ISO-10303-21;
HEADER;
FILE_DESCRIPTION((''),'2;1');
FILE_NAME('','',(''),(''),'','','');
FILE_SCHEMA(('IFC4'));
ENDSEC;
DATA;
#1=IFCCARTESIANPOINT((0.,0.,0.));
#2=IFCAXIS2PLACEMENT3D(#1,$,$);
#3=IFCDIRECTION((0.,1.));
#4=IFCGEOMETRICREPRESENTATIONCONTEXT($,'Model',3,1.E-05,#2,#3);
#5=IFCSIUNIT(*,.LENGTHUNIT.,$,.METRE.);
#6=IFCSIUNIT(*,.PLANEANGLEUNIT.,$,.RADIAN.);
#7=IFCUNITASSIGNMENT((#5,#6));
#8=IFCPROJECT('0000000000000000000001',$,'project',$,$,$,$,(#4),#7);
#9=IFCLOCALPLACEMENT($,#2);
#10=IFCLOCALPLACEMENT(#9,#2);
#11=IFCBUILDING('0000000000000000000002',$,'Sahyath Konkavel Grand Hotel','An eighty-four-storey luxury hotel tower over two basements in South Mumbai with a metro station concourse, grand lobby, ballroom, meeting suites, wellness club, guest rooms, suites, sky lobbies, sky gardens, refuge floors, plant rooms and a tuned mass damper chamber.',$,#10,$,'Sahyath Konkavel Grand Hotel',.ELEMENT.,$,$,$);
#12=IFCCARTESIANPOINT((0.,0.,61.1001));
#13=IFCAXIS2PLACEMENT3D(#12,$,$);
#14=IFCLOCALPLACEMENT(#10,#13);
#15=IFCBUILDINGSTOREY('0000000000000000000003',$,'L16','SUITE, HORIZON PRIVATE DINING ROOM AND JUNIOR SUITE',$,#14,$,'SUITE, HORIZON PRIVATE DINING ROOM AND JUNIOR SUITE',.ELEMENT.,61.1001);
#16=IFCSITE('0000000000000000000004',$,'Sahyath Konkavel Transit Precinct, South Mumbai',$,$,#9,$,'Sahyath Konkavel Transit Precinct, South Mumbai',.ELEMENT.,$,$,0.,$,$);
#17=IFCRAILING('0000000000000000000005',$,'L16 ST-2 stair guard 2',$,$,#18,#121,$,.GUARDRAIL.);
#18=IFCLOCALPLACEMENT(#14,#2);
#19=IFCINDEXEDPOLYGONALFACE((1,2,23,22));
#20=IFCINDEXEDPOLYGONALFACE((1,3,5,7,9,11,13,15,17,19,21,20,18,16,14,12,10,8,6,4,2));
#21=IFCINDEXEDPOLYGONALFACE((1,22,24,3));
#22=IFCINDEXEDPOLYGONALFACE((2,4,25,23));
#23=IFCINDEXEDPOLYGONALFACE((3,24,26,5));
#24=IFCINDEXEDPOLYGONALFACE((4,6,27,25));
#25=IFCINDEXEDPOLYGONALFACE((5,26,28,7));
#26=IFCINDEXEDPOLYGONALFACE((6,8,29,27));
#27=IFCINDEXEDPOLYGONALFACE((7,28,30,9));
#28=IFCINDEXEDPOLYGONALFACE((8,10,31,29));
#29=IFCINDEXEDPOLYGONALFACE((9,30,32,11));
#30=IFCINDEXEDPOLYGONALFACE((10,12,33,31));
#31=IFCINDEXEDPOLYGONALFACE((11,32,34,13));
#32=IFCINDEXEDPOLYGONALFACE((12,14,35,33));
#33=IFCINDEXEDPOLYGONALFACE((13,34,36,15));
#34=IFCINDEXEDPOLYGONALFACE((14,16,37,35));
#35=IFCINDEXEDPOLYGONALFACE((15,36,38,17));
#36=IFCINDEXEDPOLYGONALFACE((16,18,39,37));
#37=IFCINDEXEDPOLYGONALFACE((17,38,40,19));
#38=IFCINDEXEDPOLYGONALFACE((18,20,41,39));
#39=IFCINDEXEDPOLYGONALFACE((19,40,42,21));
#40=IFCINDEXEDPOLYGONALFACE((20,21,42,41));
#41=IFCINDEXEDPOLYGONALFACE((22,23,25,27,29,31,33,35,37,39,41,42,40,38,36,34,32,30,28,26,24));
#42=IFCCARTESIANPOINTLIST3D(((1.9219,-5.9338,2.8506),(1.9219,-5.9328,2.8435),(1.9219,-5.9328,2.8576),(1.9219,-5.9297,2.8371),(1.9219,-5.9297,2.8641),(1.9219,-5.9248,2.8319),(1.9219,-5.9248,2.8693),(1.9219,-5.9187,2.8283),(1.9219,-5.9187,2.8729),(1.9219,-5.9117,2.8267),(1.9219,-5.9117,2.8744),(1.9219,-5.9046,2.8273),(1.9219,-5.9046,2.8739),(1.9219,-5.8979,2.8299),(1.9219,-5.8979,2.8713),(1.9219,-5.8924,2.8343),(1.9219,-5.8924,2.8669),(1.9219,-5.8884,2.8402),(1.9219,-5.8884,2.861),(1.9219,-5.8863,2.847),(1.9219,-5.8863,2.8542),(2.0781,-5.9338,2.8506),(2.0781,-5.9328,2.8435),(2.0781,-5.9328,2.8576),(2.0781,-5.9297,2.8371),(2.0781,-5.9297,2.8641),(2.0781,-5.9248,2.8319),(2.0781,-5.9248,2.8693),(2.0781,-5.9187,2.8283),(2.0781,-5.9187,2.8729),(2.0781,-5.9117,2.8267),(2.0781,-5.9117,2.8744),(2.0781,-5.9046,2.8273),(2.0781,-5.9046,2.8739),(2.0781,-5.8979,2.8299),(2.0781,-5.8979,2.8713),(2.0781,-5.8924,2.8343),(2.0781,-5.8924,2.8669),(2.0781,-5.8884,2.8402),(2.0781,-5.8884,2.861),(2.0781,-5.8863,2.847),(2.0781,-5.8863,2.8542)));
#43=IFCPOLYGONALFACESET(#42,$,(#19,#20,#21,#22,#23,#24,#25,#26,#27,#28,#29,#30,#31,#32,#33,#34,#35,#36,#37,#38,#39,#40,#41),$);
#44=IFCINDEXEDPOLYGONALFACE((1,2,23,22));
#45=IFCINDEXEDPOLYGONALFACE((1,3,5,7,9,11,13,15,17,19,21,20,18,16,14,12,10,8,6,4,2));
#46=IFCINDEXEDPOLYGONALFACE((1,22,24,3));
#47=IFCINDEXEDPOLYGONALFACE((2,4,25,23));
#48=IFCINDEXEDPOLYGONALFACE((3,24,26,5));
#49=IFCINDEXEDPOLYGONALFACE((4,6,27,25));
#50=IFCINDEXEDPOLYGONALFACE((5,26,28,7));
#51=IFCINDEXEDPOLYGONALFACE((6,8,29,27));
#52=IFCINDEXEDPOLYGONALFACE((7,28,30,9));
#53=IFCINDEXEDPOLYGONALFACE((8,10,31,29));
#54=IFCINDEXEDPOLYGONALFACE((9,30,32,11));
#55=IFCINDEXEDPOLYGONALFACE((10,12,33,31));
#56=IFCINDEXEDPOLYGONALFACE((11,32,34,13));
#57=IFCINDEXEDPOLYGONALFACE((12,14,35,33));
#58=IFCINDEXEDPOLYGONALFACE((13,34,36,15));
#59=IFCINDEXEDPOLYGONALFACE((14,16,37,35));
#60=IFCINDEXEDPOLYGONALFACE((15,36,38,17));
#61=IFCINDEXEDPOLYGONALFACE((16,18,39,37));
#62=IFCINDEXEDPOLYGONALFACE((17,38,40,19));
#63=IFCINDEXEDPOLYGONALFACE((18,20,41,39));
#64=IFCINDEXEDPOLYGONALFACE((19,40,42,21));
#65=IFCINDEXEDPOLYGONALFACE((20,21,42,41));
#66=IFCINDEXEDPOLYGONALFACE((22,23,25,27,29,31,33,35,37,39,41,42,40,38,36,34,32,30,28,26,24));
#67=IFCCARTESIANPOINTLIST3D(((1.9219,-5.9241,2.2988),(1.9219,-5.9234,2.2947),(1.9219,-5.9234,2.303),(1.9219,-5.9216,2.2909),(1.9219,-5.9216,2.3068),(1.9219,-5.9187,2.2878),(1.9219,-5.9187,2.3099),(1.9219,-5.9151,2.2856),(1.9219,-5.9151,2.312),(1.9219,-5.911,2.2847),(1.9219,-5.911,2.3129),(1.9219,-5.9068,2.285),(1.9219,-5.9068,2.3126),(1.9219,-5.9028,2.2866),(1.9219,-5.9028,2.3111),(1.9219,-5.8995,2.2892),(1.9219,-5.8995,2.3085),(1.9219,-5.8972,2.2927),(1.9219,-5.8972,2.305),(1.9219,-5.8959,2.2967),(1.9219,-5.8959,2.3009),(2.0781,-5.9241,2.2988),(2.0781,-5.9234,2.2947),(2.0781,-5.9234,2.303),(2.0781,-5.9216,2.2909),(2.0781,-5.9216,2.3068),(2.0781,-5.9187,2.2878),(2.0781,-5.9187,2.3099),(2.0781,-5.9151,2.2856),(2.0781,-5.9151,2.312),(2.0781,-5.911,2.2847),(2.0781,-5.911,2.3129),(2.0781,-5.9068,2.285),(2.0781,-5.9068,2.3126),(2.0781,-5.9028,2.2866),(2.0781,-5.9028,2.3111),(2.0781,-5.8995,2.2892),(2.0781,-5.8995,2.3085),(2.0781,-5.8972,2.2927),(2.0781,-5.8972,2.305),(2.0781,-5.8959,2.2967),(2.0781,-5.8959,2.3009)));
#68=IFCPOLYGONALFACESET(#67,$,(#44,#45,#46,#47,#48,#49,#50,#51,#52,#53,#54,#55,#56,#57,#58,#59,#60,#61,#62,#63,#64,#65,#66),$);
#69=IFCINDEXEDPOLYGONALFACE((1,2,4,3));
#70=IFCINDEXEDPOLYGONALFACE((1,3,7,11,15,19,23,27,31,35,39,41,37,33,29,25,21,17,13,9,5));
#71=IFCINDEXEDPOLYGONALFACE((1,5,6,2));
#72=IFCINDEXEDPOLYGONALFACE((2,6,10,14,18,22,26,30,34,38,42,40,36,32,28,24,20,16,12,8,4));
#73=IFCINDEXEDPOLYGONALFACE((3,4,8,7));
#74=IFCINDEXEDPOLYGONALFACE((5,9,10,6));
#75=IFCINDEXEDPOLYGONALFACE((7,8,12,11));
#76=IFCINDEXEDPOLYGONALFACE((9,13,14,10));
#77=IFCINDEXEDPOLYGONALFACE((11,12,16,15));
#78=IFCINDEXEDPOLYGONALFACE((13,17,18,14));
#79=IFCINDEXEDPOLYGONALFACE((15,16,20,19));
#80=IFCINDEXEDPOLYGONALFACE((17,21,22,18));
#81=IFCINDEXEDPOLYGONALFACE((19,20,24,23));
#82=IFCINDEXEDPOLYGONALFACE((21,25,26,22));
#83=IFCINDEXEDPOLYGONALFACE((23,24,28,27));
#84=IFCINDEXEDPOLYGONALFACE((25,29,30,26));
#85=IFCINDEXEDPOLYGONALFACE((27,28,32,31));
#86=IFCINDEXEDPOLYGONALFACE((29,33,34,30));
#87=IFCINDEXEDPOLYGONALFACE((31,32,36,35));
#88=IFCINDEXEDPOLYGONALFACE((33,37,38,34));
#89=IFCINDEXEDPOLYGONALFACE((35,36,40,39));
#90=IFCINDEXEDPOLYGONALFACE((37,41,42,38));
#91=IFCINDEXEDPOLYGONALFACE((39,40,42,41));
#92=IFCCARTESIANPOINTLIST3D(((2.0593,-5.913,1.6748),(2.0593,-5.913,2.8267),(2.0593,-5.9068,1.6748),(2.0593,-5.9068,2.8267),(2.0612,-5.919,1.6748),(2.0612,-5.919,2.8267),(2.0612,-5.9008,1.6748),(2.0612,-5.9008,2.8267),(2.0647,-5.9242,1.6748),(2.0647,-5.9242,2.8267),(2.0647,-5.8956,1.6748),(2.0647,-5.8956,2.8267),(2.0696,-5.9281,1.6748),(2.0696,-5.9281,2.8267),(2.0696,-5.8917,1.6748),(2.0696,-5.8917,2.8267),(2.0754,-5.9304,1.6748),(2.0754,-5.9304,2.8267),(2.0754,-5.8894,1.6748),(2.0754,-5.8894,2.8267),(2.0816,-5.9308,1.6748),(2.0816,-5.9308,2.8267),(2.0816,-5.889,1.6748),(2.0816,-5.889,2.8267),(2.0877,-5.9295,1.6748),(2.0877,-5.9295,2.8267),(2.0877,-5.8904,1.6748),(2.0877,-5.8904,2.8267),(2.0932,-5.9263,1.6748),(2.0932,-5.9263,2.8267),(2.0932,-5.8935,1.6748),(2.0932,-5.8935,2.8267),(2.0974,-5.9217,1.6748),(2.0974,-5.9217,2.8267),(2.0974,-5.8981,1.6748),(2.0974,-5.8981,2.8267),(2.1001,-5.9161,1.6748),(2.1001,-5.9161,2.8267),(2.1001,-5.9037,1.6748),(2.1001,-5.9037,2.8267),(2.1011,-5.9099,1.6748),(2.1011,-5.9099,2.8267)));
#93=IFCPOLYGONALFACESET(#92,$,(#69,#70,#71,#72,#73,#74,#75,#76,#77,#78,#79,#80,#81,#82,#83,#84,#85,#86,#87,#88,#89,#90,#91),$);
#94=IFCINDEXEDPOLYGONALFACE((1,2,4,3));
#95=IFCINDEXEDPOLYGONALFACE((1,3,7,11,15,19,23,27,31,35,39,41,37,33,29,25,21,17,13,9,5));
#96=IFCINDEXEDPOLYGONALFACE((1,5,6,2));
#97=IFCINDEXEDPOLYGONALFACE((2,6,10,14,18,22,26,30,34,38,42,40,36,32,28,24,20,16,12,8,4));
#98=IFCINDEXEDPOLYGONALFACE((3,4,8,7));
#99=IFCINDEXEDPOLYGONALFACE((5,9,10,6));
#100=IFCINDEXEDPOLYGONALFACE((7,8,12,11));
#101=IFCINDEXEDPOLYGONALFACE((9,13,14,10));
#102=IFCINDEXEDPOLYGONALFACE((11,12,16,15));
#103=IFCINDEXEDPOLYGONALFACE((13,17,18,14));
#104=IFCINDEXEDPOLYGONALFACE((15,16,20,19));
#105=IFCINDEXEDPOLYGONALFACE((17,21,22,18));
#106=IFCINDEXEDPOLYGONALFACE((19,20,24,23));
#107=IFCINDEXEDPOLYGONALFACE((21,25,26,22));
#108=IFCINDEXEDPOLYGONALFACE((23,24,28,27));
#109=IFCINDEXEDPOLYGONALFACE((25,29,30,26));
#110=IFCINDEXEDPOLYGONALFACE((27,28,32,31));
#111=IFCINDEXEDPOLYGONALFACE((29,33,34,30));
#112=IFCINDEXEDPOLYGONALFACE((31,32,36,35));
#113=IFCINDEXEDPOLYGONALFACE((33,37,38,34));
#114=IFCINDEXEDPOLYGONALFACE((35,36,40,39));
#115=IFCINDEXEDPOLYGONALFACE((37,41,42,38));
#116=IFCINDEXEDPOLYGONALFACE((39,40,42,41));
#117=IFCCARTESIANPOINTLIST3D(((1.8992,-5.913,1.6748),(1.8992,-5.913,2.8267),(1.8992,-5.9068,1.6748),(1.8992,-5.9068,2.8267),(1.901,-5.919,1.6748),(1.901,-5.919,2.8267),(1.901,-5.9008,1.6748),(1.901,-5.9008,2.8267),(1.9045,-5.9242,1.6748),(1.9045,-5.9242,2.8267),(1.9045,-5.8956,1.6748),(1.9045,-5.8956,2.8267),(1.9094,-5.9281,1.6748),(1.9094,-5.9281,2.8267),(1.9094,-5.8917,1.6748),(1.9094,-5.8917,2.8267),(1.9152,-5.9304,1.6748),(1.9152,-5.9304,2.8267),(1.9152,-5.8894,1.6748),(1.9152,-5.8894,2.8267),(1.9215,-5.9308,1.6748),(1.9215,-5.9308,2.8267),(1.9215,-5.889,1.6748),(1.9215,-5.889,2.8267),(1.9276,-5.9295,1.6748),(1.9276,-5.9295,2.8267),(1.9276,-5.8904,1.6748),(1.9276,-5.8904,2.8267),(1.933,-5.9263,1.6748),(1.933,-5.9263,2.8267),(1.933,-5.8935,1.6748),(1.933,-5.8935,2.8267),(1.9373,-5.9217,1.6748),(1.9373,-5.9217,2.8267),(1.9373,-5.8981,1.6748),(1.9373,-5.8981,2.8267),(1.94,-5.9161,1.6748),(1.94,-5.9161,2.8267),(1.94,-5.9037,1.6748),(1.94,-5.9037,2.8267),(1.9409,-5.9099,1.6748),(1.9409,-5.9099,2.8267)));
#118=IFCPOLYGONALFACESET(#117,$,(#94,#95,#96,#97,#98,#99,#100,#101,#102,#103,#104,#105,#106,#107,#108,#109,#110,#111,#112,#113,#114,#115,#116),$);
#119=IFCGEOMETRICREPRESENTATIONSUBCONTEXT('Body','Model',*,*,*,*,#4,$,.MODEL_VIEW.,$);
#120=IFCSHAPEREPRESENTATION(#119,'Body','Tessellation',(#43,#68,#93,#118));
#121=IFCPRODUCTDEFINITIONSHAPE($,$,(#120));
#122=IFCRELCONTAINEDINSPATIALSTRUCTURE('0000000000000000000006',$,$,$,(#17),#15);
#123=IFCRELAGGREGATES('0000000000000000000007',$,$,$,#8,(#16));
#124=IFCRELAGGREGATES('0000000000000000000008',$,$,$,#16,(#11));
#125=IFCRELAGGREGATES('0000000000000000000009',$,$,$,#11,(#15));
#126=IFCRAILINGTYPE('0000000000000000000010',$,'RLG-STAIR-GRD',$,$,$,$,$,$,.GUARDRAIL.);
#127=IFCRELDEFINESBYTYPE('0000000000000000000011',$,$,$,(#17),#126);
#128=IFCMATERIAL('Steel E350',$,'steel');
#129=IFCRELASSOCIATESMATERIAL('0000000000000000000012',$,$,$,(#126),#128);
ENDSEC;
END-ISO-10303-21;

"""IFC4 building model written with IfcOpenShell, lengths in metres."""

from ifc_helpers import new_model, si_unit, direction, frame, origin, origin_2d, place, context, subcontext, project, spatial, circle, extrude, material, type_object, element, save


model = new_model("IFC4")

# Units and contexts
model_context = context("Model", 3, precision=1e-05, world=origin(), true_north=direction((0.0, 1.0)))
body_context = subcontext(model_context, "Body", "Model", "MODEL_VIEW")
ifc_project = project(units=[si_unit("LENGTHUNIT", "METRE"), si_unit("PLANEANGLEUNIT", "RADIAN")], contexts=[model_context])

# Site, building, storey
site_placement = place(None, origin())
site = spatial("IfcSite", under=ifc_project, at=site_placement, Name="Sahyath Konkavel Transit Precinct, South Mumbai", LongName="Sahyath Konkavel Transit Precinct, South Mumbai", CompositionType="ELEMENT", RefElevation=0.0)
building_placement = place(site_placement, origin())
building = spatial("IfcBuilding", under=site, at=building_placement, Name="Sahyath Konkavel Grand Hotel", Description="An eighty-four-storey luxury hotel tower over two basements in South Mumbai with a metro station concourse, grand lobby, ballroom, meeting suites, wellness club, guest rooms, suites, sky lobbies, sky gardens, refuge floors, plant rooms and a tuned mass damper chamber.", LongName="Sahyath Konkavel Grand Hotel", CompositionType="ELEMENT")
storey_placement = place(building_placement, frame((0.0, 0.0, 61.1001)))
storey = spatial("IfcBuildingStorey", under=building, at=storey_placement, Name="L16", Description="SUITE, HORIZON PRIVATE DINING ROOM AND JUNIOR SUITE", LongName="SUITE, HORIZON PRIVATE DINING ROOM AND JUNIOR SUITE", CompositionType="ELEMENT", Elevation=61.1001)

# Shared definitions
ifc_material_1 = material(Name="Steel E350", Category="steel")

# Railing
railing_type_1 = type_object("IfcRailingType", Name="RLG-STAIR-GRD", PredefinedType="GUARDRAIL", material=ifc_material_1)
railing_1_placement = place(storey_placement, frame((2.0801, -5.9099, 1.6748)))
element("IfcRailing", 1, at=railing_1_placement, inside=storey, type_object=railing_type_1, Name="L16 ST-2 stair guard 2", PredefinedType="GUARDRAIL", context=body_context, shape_type="SweptSolid", body=[
    extrude(circle(Radius=0.0239, at=origin_2d()), frame((-0.002, 0.0, 1.1758), z_axis=(-1.0, 0.0, 0.0), x_axis=(0.0, -1.0, 0.0)), (0.0, 0.0, 1.0), 0.1562),
    extrude(circle(Radius=0.0142, at=origin_2d()), frame((-0.002, 0.0, 0.624), z_axis=(-1.0, 0.0, 0.0), x_axis=(0.0, -1.0, 0.0)), (0.0, 0.0, 1.0), 0.1562),
    extrude(circle(Radius=0.021, at=origin_2d()), origin(), (0.0, 0.0, 1.0), 1.1519),
    extrude(circle(Radius=0.021, at=origin_2d()), frame((-0.1602, 0.0, 0.0)), (0.0, 0.0, 1.0), 1.1519),
])

save(model, "model.ifc")
